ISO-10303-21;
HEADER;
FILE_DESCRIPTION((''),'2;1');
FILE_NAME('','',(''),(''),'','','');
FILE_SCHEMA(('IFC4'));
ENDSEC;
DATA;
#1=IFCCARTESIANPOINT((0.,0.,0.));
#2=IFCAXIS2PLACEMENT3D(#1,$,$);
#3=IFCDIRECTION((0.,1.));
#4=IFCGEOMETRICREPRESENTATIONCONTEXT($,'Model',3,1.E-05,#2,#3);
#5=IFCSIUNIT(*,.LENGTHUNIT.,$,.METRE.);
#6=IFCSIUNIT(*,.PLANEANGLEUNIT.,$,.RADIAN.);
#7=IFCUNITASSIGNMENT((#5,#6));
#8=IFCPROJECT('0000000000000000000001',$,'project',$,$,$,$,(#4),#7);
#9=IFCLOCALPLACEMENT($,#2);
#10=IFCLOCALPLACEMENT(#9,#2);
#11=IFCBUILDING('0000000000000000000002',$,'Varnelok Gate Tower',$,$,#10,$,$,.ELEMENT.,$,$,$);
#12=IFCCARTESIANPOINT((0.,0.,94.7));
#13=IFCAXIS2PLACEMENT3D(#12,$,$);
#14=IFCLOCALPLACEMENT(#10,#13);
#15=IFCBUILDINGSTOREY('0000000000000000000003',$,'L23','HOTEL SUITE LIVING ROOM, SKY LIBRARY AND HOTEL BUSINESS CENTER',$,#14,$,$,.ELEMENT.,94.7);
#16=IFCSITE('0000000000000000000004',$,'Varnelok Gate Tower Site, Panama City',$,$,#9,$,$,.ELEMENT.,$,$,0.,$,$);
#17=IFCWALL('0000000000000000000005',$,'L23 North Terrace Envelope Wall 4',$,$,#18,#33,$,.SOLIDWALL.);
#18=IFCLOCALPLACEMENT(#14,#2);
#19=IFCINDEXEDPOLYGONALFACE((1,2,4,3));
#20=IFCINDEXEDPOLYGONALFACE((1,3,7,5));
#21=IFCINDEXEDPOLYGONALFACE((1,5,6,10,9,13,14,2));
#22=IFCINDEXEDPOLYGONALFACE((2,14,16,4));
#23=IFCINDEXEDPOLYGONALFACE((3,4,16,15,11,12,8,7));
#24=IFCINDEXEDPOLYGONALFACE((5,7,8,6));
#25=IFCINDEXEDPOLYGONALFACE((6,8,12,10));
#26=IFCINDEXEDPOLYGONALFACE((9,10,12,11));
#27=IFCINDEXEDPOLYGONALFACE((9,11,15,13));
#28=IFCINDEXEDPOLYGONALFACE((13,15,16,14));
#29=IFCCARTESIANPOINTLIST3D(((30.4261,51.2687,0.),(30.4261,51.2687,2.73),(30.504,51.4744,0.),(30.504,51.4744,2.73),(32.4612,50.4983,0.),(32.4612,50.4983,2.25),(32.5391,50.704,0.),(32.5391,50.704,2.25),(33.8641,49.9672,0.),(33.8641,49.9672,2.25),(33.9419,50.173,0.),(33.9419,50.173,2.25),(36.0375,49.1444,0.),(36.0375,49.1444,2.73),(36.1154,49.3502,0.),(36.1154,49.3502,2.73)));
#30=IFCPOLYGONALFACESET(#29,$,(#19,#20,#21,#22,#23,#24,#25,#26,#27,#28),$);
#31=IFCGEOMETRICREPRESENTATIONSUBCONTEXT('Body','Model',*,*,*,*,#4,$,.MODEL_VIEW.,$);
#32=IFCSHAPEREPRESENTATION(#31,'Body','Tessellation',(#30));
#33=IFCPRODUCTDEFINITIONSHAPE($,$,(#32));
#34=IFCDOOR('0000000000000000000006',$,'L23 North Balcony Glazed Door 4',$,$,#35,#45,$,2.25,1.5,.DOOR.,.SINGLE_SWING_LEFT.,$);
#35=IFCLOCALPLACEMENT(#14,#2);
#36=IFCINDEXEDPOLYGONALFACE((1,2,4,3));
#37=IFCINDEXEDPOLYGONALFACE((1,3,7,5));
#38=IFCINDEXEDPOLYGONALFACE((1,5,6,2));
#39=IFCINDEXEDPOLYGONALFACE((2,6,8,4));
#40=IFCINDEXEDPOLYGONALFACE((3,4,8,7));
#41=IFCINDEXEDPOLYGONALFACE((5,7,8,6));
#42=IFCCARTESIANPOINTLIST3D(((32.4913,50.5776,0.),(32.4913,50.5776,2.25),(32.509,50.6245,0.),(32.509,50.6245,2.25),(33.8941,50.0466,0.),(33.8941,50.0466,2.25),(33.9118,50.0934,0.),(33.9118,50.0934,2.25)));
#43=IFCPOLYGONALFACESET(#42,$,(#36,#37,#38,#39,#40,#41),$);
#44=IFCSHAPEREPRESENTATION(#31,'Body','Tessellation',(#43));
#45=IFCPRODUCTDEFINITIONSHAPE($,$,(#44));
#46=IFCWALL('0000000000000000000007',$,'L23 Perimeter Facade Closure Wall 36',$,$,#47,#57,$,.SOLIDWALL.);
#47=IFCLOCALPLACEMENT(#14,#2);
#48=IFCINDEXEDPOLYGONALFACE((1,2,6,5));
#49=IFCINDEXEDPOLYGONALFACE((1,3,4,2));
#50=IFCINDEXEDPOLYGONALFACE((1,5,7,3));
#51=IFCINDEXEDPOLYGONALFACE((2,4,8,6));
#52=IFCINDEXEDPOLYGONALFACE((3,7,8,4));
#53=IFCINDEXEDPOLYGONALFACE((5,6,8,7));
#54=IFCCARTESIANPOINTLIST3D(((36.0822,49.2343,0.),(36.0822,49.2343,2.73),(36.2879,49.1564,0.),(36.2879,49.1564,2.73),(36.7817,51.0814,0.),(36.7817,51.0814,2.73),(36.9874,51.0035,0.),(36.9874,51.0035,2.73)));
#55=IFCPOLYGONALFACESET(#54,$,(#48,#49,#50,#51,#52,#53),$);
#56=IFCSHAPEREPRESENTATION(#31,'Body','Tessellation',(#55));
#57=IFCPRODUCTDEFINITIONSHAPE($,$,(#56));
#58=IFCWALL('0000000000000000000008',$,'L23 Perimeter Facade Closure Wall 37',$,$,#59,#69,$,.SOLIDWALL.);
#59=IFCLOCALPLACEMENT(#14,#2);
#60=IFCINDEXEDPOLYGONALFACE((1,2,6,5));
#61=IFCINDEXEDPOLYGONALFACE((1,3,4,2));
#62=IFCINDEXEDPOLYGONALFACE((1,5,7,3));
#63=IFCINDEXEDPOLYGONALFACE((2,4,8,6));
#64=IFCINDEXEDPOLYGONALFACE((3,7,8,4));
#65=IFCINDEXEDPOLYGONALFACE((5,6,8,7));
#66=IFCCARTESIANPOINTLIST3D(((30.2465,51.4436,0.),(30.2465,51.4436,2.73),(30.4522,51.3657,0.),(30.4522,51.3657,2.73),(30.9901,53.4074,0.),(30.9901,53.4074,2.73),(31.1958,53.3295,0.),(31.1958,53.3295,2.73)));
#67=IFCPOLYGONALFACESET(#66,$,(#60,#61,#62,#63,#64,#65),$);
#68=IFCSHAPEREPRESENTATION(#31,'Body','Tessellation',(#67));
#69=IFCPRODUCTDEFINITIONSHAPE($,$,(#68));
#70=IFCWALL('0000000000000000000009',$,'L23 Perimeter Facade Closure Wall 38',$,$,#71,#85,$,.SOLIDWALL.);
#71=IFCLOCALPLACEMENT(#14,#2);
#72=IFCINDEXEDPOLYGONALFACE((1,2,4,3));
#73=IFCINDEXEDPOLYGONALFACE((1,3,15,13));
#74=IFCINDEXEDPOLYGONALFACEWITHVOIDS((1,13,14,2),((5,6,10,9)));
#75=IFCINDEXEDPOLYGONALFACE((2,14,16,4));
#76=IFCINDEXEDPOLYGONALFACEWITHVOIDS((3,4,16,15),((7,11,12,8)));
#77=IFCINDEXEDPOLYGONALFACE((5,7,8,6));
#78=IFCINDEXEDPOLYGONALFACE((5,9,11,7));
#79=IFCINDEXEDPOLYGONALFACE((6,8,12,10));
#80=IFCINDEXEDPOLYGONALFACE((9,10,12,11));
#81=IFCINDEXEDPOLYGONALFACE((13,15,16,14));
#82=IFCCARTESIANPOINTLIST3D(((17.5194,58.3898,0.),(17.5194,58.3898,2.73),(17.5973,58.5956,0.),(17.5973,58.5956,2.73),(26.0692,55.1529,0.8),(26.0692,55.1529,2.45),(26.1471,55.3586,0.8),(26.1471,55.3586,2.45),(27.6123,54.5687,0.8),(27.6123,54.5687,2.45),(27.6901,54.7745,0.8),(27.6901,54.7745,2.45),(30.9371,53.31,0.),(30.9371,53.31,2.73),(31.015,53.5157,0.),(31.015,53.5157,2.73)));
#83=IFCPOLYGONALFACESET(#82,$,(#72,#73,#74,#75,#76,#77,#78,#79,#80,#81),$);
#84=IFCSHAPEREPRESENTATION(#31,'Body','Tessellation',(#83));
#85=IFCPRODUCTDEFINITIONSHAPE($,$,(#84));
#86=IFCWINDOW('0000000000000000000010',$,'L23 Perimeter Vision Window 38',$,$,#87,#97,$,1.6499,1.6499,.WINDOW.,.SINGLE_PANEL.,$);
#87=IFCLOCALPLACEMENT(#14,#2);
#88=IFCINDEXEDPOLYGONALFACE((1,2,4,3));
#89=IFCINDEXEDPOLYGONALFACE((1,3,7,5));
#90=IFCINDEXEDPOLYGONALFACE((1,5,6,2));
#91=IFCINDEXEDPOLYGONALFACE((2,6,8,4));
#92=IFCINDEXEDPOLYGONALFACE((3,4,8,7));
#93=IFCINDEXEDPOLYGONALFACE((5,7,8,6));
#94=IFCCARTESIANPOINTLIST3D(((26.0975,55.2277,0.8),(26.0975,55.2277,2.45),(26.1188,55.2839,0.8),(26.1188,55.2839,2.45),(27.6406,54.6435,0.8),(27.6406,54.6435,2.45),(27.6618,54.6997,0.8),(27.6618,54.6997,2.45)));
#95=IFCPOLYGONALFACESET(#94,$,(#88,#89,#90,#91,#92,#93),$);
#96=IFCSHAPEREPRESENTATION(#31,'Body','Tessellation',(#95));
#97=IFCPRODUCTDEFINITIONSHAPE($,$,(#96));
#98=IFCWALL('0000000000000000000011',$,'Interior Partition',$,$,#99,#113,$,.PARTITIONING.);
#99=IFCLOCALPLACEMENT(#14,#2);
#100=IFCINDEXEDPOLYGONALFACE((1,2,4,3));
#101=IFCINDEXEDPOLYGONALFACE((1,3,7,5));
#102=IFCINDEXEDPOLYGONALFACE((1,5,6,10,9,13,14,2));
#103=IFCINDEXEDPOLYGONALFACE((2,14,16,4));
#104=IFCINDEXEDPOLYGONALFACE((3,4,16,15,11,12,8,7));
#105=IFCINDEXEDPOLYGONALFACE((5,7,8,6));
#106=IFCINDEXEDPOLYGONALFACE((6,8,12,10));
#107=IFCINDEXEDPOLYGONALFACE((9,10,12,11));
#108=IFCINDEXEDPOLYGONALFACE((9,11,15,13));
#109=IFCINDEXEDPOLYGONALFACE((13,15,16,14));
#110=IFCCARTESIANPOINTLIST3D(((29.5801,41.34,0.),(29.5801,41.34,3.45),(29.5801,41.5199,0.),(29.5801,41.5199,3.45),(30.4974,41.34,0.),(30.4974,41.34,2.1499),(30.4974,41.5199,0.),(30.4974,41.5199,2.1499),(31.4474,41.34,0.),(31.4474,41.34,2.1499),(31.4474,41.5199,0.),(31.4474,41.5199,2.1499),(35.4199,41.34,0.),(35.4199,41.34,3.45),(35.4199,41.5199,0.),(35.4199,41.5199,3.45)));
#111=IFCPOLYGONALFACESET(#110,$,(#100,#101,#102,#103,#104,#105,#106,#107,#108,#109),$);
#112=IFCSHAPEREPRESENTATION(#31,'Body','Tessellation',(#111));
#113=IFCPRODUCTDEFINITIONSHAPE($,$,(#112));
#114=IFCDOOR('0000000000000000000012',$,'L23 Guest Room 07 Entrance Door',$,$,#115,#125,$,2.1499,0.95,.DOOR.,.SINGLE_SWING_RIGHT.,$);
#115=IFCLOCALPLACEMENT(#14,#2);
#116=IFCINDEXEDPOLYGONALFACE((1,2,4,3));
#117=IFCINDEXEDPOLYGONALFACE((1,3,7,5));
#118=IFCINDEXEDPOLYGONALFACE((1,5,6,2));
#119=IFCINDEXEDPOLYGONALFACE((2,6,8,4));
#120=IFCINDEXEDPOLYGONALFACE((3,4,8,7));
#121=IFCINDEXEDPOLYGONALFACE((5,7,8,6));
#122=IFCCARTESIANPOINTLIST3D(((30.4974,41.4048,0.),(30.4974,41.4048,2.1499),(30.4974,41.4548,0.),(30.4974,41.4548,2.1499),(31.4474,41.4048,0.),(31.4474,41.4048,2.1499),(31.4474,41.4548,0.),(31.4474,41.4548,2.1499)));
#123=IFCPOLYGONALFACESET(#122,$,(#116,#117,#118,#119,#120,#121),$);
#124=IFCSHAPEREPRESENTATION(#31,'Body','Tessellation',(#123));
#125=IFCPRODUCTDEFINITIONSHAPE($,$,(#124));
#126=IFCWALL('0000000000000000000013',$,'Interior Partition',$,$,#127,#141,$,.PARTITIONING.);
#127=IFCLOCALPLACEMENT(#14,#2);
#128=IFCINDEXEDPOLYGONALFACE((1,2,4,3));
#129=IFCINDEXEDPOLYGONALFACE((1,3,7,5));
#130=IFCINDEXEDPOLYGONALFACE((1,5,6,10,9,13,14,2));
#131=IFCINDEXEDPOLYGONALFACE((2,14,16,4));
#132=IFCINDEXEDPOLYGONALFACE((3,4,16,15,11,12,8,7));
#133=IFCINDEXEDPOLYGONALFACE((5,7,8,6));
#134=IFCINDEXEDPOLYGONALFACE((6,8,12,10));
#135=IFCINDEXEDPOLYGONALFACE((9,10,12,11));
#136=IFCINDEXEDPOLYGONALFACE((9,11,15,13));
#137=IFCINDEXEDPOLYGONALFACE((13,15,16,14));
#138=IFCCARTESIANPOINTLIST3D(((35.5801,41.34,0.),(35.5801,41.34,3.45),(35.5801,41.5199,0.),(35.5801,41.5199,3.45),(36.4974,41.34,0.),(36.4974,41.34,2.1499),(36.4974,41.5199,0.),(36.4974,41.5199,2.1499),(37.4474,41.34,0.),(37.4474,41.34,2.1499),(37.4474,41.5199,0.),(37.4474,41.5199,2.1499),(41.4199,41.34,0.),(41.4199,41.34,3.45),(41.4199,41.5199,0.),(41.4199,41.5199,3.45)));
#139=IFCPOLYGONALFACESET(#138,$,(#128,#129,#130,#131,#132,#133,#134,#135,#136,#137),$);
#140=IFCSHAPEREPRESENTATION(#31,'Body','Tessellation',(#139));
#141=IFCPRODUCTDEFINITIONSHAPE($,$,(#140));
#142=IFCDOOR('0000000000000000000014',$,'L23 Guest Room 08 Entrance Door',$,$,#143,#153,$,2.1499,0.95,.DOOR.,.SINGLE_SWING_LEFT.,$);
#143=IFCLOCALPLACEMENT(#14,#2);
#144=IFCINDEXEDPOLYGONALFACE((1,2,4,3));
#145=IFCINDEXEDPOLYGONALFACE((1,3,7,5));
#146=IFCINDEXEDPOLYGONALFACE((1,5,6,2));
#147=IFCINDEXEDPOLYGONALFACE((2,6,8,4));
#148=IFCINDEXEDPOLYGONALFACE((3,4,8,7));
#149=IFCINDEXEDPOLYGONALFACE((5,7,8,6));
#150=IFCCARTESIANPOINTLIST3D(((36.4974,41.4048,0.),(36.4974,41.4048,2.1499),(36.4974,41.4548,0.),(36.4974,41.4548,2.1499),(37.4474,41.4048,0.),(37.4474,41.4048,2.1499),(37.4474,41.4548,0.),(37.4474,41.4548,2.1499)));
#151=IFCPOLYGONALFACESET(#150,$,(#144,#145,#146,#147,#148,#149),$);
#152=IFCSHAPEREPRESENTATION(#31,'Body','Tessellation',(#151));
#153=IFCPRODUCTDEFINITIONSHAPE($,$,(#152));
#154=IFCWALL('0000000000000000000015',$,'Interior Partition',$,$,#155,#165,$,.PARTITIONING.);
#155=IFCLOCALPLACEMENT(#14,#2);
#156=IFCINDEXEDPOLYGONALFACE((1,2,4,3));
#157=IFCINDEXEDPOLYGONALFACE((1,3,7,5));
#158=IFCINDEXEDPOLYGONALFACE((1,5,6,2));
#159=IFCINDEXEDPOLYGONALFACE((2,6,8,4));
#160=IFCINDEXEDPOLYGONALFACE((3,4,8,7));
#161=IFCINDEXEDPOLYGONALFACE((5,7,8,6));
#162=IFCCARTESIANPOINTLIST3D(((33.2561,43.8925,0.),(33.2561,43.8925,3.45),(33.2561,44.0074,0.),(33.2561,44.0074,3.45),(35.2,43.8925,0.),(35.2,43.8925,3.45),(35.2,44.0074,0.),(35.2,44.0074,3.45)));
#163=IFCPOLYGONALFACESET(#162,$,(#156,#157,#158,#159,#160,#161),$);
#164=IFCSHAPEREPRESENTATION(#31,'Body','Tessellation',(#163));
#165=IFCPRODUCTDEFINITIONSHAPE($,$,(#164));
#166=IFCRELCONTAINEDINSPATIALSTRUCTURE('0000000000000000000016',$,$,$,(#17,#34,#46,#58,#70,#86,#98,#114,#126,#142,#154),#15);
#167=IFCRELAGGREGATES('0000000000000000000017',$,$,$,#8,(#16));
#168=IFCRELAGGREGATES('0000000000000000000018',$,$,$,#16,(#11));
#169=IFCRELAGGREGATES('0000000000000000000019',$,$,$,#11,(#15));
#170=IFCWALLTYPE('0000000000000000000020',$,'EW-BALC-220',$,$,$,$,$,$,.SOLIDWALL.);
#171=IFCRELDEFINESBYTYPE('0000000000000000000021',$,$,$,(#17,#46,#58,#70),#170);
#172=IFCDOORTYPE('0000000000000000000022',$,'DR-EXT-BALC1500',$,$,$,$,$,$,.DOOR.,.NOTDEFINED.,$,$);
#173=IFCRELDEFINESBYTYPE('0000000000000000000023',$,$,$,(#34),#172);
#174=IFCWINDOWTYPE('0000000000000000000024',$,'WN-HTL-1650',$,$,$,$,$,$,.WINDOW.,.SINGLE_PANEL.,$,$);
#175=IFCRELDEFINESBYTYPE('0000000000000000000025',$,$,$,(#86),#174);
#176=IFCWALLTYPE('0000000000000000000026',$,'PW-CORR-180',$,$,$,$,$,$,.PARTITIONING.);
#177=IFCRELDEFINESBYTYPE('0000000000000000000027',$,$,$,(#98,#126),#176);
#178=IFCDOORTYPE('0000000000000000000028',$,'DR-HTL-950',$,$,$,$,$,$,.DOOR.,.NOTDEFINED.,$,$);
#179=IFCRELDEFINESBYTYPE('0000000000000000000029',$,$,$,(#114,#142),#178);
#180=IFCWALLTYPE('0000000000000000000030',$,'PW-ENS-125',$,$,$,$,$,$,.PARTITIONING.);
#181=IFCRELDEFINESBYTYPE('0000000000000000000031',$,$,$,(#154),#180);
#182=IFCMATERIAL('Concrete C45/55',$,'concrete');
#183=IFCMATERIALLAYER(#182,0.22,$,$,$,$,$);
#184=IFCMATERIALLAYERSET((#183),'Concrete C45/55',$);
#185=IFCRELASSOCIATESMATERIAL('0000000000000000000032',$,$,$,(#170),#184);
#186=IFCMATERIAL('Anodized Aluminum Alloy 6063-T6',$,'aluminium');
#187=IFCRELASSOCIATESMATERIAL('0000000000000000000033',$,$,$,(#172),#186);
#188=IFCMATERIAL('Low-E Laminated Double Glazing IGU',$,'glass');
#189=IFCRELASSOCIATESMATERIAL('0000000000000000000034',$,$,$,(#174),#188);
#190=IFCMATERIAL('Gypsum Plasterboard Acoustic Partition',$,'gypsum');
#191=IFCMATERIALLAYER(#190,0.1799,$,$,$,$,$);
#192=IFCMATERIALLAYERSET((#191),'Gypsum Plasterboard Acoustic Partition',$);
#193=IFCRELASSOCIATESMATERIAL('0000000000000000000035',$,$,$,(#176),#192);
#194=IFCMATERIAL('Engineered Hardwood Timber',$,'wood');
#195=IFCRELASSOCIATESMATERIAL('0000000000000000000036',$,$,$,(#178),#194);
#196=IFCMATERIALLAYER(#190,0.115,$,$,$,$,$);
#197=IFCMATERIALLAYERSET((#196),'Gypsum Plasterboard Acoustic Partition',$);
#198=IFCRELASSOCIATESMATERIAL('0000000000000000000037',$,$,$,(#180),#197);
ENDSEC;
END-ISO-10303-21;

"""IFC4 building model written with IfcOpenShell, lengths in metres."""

from ifc_helpers import new_model, si_unit, direction, frame, frame_2d, origin, place, context, subcontext, project, spatial, rectangle, extrude, material, layer, layer_set, type_object, element, fill, save


model = new_model("IFC4")

# Units and contexts
model_context = context("Model", 3, precision=1e-05, world=origin(), true_north=direction((0.0, 1.0)))
body_context = subcontext(model_context, "Body", "Model", "MODEL_VIEW")
ifc_project = project(units=[si_unit("LENGTHUNIT", "METRE"), si_unit("PLANEANGLEUNIT", "RADIAN")], contexts=[model_context])

# Site, building, storey
site_placement = place(None, origin())
site = spatial("IfcSite", under=ifc_project, at=site_placement, Name="Varnelok Gate Tower Site, Panama City", CompositionType="ELEMENT", RefElevation=0.0)
building_placement = place(site_placement, origin())
building = spatial("IfcBuilding", under=site, at=building_placement, Name="Varnelok Gate Tower", CompositionType="ELEMENT")
storey_placement = place(building_placement, frame((0.0, 0.0, 94.7)))
storey = spatial("IfcBuildingStorey", under=building, at=storey_placement, Name="L23", Description="HOTEL SUITE LIVING ROOM, SKY LIBRARY AND HOTEL BUSINESS CENTER", CompositionType="ELEMENT", Elevation=94.7)

# Wall, opening, door
ifc_material_1 = material(Name="Concrete C45/55", Category="concrete")
ifc_layer_1 = layer(ifc_material_1, 0.22)
ifc_layer_set_1 = layer_set([ifc_layer_1], Name="Concrete C45/55")
wall_type_1 = type_object("IfcWallType", Name="EW-BALC-220", PredefinedType="SOLIDWALL", material=ifc_layer_set_1)
wall_1_placement = place(storey_placement, frame((30.4651, 51.3716, 0.0), z_axis=(0.0, 0.0, 1.0), x_axis=(0.935228, -0.354047, 0.0)))
wall_1 = element("IfcWall", 1, at=wall_1_placement, inside=storey, type_object=wall_type_1, Name="L23 North Terrace Envelope Wall 4", PredefinedType="SOLIDWALL", context=body_context, shape_type="SweptSolid", body=[
    extrude(rectangle(XDim=6.0, YDim=0.22, at=frame_2d((3.0, 0.0))), origin(), (0.0, 0.0, 1.0), 2.73),
])
opening_1_placement = place(wall_1_placement, frame((2.176, 0.0, 0.0)))
opening_1 = element("IfcOpeningElement", 2, at=opening_1_placement, cuts=wall_1, PredefinedType="OPENING", context=body_context, shape_type="SweptSolid", body=[
    extrude(rectangle(XDim=1.5, YDim=2.25, at=frame_2d((0.75, 1.125))), frame((0.0, 0.1199, 0.0), z_axis=(0.0, -1.0, 0.0), x_axis=(1.0, 0.0, 0.0)), (0.0, 0.0, 1.0), 0.24),
])
ifc_material_2 = material(Name="Anodized Aluminum Alloy 6063-T6", Category="aluminium")
door_type_1 = type_object("IfcDoorType", Name="DR-EXT-BALC1500", OperationType="NOTDEFINED", PredefinedType="DOOR", material=ifc_material_2)
door_1_placement = place(opening_1_placement, origin())
door_1 = element("IfcDoor", 3, at=door_1_placement, inside=storey, type_object=door_type_1, Name="L23 North Balcony Glazed Door 4", OperationType="SINGLE_SWING_LEFT", OverallHeight=2.25, OverallWidth=1.5, PredefinedType="DOOR", context=body_context, shape_type="SweptSolid", body=[
    extrude(rectangle(XDim=1.5, YDim=2.25, at=frame_2d((0.75, 1.125))), frame((0.0, 0.0249, 0.0), z_axis=(0.0, -1.0, 0.0), x_axis=(1.0, 0.0, 0.0)), (0.0, 0.0, 1.0), 0.05),
])
fill(opening_1, door_1)

# Walls
wall_2_placement = place(storey_placement, frame((36.8845, 51.0425, 0.0), z_axis=(0.0, 0.0, 1.0), x_axis=(-0.354129, -0.935197, 0.0)))
element("IfcWall", 4, at=wall_2_placement, inside=storey, type_object=wall_type_1, Name="L23 Perimeter Facade Closure Wall 36", PredefinedType="SOLIDWALL", context=body_context, shape_type="SweptSolid", body=[
    extrude(rectangle(XDim=1.9751, YDim=0.22, at=frame_2d((0.9875, 0.0))), origin(), (0.0, 0.0, 1.0), 2.73),
])
wall_3_placement = place(storey_placement, frame((30.3494, 51.4048, 0.0), z_axis=(0.0, 0.0, 1.0), x_axis=(0.354128, 0.935197, 0.0)))
element("IfcWall", 5, at=wall_3_placement, inside=storey, type_object=wall_type_1, Name="L23 Perimeter Facade Closure Wall 37", PredefinedType="SOLIDWALL", context=body_context, shape_type="SweptSolid", body=[
    extrude(rectangle(XDim=2.0999, YDim=0.22, at=frame_2d((1.0498, 0.0))), origin(), (0.0, 0.0, 1.0), 2.73),
])

# Wall, opening, window
wall_4_placement = place(storey_placement, frame((30.9761, 53.4128, 0.0), z_axis=(0.0, 0.0, 1.0), x_axis=(-0.93522, 0.354066, 0.0)))
wall_4 = element("IfcWall", 6, at=wall_4_placement, inside=storey, type_object=wall_type_1, Name="L23 Perimeter Facade Closure Wall 38", PredefinedType="SOLIDWALL", context=body_context, shape_type="SweptSolid", body=[
    extrude(rectangle(XDim=14.3472, YDim=0.22, at=frame_2d((7.1736, 0.0))), origin(), (0.0, 0.0, 1.0), 2.73),
])
opening_2_placement = place(wall_4_placement, frame((3.5552, 0.0, 0.8)))
opening_2 = element("IfcOpeningElement", 7, at=opening_2_placement, cuts=wall_4, PredefinedType="OPENING", context=body_context, shape_type="SweptSolid", body=[
    extrude(rectangle(XDim=1.6499, YDim=1.6499, at=frame_2d((0.825, 0.825))), frame((0.0, 0.1199, 0.0), z_axis=(0.0, -1.0, 0.0), x_axis=(1.0, 0.0, 0.0)), (0.0, 0.0, 1.0), 0.24),
])
ifc_material_3 = material(Name="Low-E Laminated Double Glazing IGU", Category="glass")
window_type = type_object("IfcWindowType", Name="WN-HTL-1650", PartitioningType="SINGLE_PANEL", PredefinedType="WINDOW", material=ifc_material_3)
window_placement = place(opening_2_placement, origin())
window = element("IfcWindow", 8, at=window_placement, inside=storey, type_object=window_type, Name="L23 Perimeter Vision Window 38", OverallHeight=1.6499, OverallWidth=1.6499, PartitioningType="SINGLE_PANEL", PredefinedType="WINDOW", context=body_context, shape_type="SweptSolid", body=[
    extrude(rectangle(XDim=1.6499, YDim=1.6499, at=frame_2d((0.825, 0.825))), frame((0.0, 0.03, 0.0), z_axis=(0.0, -1.0, 0.0), x_axis=(1.0, 0.0, 0.0)), (0.0, 0.0, 1.0), 0.0601),
])
fill(opening_2, window)

# Walls, openings, doors
ifc_material_4 = material(Name="Gypsum Plasterboard Acoustic Partition", Category="gypsum")
ifc_layer_2 = layer(ifc_material_4, 0.1799)
ifc_layer_set_2 = layer_set([ifc_layer_2], Name="Gypsum Plasterboard Acoustic Partition")
wall_type_2 = type_object("IfcWallType", Name="PW-CORR-180", PredefinedType="PARTITIONING", material=ifc_layer_set_2)
wall_5_placement = place(storey_placement, frame((29.5801, 41.4299, 0.0), z_axis=(0.0, 0.0, 1.0), x_axis=(1.0, 0.0, 0.0)))
wall_5 = element("IfcWall", 9, at=wall_5_placement, inside=storey, type_object=wall_type_2, Name="Interior Partition", PredefinedType="PARTITIONING", context=body_context, shape_type="SweptSolid", body=[
    extrude(rectangle(XDim=5.8398, YDim=0.1799, at=frame_2d((2.9199, 0.0))), origin(), (0.0, 0.0, 1.0), 3.45),
])
opening_3_placement = place(wall_5_placement, frame((0.9172, 0.0, 0.0)))
opening_3 = element("IfcOpeningElement", 10, at=opening_3_placement, cuts=wall_5, PredefinedType="OPENING", context=body_context, shape_type="SweptSolid", body=[
    extrude(rectangle(XDim=0.95, YDim=2.1499, at=frame_2d((0.4751, 1.075))), frame((0.0, 0.0999, 0.0), z_axis=(0.0, -1.0, 0.0), x_axis=(1.0, 0.0, 0.0)), (0.0, 0.0, 1.0), 0.2),
])
ifc_material_5 = material(Name="Engineered Hardwood Timber", Category="wood")
door_type_2 = type_object("IfcDoorType", Name="DR-HTL-950", OperationType="NOTDEFINED", PredefinedType="DOOR", material=ifc_material_5)
door_2_placement = place(opening_3_placement, origin())
door_2 = element("IfcDoor", 11, at=door_2_placement, inside=storey, type_object=door_type_2, Name="L23 Guest Room 07 Entrance Door", OperationType="SINGLE_SWING_RIGHT", OverallHeight=2.1499, OverallWidth=0.95, PredefinedType="DOOR", context=body_context, shape_type="SweptSolid", body=[
    extrude(rectangle(XDim=0.95, YDim=2.1499, at=frame_2d((0.4751, 1.075))), frame((0.0, 0.0249, 0.0), z_axis=(0.0, -1.0, 0.0), x_axis=(1.0, 0.0, 0.0)), (0.0, 0.0, 1.0), 0.05),
])
fill(opening_3, door_2)
wall_6_placement = place(storey_placement, frame((35.5801, 41.4299, 0.0), z_axis=(0.0, 0.0, 1.0), x_axis=(1.0, 0.0, 0.0)))
wall_6 = element("IfcWall", 12, at=wall_6_placement, inside=storey, type_object=wall_type_2, Name="Interior Partition", PredefinedType="PARTITIONING", context=body_context, shape_type="SweptSolid", body=[
    extrude(rectangle(XDim=5.8398, YDim=0.1799, at=frame_2d((2.9199, 0.0))), origin(), (0.0, 0.0, 1.0), 3.45),
])
opening_4_placement = place(wall_6_placement, frame((0.9172, 0.0, 0.0)))
opening_4 = element("IfcOpeningElement", 13, at=opening_4_placement, cuts=wall_6, PredefinedType="OPENING", context=body_context, shape_type="SweptSolid", body=[
    extrude(rectangle(XDim=0.95, YDim=2.1499, at=frame_2d((0.4751, 1.075))), frame((0.0, 0.0999, 0.0), z_axis=(0.0, -1.0, 0.0), x_axis=(1.0, 0.0, 0.0)), (0.0, 0.0, 1.0), 0.2),
])
door_3_placement = place(opening_4_placement, origin())
door_3 = element("IfcDoor", 14, at=door_3_placement, inside=storey, type_object=door_type_2, Name="L23 Guest Room 08 Entrance Door", OperationType="SINGLE_SWING_LEFT", OverallHeight=2.1499, OverallWidth=0.95, PredefinedType="DOOR", context=body_context, shape_type="SweptSolid", body=[
    extrude(rectangle(XDim=0.95, YDim=2.1499, at=frame_2d((0.4751, 1.075))), frame((0.0, 0.0249, 0.0), z_axis=(0.0, -1.0, 0.0), x_axis=(1.0, 0.0, 0.0)), (0.0, 0.0, 1.0), 0.05),
])
fill(opening_4, door_3)

# Wall
ifc_layer_3 = layer(ifc_material_4, 0.115)
ifc_layer_set_3 = layer_set([ifc_layer_3], Name="Gypsum Plasterboard Acoustic Partition")
wall_type_3 = type_object("IfcWallType", Name="PW-ENS-125", PredefinedType="PARTITIONING", material=ifc_layer_set_3)
wall_7_placement = place(storey_placement, frame((33.2561, 43.95, 0.0), z_axis=(0.0, 0.0, 1.0), x_axis=(1.0, 0.0, 0.0)))
element("IfcWall", 15, at=wall_7_placement, inside=storey, type_object=wall_type_3, Name="Interior Partition", PredefinedType="PARTITIONING", context=body_context, shape_type="SweptSolid", body=[
    extrude(rectangle(XDim=1.9438, YDim=0.115, at=frame_2d((0.9719, 0.0))), origin(), (0.0, 0.0, 1.0), 3.45),
])

save(model, "model.ifc")
